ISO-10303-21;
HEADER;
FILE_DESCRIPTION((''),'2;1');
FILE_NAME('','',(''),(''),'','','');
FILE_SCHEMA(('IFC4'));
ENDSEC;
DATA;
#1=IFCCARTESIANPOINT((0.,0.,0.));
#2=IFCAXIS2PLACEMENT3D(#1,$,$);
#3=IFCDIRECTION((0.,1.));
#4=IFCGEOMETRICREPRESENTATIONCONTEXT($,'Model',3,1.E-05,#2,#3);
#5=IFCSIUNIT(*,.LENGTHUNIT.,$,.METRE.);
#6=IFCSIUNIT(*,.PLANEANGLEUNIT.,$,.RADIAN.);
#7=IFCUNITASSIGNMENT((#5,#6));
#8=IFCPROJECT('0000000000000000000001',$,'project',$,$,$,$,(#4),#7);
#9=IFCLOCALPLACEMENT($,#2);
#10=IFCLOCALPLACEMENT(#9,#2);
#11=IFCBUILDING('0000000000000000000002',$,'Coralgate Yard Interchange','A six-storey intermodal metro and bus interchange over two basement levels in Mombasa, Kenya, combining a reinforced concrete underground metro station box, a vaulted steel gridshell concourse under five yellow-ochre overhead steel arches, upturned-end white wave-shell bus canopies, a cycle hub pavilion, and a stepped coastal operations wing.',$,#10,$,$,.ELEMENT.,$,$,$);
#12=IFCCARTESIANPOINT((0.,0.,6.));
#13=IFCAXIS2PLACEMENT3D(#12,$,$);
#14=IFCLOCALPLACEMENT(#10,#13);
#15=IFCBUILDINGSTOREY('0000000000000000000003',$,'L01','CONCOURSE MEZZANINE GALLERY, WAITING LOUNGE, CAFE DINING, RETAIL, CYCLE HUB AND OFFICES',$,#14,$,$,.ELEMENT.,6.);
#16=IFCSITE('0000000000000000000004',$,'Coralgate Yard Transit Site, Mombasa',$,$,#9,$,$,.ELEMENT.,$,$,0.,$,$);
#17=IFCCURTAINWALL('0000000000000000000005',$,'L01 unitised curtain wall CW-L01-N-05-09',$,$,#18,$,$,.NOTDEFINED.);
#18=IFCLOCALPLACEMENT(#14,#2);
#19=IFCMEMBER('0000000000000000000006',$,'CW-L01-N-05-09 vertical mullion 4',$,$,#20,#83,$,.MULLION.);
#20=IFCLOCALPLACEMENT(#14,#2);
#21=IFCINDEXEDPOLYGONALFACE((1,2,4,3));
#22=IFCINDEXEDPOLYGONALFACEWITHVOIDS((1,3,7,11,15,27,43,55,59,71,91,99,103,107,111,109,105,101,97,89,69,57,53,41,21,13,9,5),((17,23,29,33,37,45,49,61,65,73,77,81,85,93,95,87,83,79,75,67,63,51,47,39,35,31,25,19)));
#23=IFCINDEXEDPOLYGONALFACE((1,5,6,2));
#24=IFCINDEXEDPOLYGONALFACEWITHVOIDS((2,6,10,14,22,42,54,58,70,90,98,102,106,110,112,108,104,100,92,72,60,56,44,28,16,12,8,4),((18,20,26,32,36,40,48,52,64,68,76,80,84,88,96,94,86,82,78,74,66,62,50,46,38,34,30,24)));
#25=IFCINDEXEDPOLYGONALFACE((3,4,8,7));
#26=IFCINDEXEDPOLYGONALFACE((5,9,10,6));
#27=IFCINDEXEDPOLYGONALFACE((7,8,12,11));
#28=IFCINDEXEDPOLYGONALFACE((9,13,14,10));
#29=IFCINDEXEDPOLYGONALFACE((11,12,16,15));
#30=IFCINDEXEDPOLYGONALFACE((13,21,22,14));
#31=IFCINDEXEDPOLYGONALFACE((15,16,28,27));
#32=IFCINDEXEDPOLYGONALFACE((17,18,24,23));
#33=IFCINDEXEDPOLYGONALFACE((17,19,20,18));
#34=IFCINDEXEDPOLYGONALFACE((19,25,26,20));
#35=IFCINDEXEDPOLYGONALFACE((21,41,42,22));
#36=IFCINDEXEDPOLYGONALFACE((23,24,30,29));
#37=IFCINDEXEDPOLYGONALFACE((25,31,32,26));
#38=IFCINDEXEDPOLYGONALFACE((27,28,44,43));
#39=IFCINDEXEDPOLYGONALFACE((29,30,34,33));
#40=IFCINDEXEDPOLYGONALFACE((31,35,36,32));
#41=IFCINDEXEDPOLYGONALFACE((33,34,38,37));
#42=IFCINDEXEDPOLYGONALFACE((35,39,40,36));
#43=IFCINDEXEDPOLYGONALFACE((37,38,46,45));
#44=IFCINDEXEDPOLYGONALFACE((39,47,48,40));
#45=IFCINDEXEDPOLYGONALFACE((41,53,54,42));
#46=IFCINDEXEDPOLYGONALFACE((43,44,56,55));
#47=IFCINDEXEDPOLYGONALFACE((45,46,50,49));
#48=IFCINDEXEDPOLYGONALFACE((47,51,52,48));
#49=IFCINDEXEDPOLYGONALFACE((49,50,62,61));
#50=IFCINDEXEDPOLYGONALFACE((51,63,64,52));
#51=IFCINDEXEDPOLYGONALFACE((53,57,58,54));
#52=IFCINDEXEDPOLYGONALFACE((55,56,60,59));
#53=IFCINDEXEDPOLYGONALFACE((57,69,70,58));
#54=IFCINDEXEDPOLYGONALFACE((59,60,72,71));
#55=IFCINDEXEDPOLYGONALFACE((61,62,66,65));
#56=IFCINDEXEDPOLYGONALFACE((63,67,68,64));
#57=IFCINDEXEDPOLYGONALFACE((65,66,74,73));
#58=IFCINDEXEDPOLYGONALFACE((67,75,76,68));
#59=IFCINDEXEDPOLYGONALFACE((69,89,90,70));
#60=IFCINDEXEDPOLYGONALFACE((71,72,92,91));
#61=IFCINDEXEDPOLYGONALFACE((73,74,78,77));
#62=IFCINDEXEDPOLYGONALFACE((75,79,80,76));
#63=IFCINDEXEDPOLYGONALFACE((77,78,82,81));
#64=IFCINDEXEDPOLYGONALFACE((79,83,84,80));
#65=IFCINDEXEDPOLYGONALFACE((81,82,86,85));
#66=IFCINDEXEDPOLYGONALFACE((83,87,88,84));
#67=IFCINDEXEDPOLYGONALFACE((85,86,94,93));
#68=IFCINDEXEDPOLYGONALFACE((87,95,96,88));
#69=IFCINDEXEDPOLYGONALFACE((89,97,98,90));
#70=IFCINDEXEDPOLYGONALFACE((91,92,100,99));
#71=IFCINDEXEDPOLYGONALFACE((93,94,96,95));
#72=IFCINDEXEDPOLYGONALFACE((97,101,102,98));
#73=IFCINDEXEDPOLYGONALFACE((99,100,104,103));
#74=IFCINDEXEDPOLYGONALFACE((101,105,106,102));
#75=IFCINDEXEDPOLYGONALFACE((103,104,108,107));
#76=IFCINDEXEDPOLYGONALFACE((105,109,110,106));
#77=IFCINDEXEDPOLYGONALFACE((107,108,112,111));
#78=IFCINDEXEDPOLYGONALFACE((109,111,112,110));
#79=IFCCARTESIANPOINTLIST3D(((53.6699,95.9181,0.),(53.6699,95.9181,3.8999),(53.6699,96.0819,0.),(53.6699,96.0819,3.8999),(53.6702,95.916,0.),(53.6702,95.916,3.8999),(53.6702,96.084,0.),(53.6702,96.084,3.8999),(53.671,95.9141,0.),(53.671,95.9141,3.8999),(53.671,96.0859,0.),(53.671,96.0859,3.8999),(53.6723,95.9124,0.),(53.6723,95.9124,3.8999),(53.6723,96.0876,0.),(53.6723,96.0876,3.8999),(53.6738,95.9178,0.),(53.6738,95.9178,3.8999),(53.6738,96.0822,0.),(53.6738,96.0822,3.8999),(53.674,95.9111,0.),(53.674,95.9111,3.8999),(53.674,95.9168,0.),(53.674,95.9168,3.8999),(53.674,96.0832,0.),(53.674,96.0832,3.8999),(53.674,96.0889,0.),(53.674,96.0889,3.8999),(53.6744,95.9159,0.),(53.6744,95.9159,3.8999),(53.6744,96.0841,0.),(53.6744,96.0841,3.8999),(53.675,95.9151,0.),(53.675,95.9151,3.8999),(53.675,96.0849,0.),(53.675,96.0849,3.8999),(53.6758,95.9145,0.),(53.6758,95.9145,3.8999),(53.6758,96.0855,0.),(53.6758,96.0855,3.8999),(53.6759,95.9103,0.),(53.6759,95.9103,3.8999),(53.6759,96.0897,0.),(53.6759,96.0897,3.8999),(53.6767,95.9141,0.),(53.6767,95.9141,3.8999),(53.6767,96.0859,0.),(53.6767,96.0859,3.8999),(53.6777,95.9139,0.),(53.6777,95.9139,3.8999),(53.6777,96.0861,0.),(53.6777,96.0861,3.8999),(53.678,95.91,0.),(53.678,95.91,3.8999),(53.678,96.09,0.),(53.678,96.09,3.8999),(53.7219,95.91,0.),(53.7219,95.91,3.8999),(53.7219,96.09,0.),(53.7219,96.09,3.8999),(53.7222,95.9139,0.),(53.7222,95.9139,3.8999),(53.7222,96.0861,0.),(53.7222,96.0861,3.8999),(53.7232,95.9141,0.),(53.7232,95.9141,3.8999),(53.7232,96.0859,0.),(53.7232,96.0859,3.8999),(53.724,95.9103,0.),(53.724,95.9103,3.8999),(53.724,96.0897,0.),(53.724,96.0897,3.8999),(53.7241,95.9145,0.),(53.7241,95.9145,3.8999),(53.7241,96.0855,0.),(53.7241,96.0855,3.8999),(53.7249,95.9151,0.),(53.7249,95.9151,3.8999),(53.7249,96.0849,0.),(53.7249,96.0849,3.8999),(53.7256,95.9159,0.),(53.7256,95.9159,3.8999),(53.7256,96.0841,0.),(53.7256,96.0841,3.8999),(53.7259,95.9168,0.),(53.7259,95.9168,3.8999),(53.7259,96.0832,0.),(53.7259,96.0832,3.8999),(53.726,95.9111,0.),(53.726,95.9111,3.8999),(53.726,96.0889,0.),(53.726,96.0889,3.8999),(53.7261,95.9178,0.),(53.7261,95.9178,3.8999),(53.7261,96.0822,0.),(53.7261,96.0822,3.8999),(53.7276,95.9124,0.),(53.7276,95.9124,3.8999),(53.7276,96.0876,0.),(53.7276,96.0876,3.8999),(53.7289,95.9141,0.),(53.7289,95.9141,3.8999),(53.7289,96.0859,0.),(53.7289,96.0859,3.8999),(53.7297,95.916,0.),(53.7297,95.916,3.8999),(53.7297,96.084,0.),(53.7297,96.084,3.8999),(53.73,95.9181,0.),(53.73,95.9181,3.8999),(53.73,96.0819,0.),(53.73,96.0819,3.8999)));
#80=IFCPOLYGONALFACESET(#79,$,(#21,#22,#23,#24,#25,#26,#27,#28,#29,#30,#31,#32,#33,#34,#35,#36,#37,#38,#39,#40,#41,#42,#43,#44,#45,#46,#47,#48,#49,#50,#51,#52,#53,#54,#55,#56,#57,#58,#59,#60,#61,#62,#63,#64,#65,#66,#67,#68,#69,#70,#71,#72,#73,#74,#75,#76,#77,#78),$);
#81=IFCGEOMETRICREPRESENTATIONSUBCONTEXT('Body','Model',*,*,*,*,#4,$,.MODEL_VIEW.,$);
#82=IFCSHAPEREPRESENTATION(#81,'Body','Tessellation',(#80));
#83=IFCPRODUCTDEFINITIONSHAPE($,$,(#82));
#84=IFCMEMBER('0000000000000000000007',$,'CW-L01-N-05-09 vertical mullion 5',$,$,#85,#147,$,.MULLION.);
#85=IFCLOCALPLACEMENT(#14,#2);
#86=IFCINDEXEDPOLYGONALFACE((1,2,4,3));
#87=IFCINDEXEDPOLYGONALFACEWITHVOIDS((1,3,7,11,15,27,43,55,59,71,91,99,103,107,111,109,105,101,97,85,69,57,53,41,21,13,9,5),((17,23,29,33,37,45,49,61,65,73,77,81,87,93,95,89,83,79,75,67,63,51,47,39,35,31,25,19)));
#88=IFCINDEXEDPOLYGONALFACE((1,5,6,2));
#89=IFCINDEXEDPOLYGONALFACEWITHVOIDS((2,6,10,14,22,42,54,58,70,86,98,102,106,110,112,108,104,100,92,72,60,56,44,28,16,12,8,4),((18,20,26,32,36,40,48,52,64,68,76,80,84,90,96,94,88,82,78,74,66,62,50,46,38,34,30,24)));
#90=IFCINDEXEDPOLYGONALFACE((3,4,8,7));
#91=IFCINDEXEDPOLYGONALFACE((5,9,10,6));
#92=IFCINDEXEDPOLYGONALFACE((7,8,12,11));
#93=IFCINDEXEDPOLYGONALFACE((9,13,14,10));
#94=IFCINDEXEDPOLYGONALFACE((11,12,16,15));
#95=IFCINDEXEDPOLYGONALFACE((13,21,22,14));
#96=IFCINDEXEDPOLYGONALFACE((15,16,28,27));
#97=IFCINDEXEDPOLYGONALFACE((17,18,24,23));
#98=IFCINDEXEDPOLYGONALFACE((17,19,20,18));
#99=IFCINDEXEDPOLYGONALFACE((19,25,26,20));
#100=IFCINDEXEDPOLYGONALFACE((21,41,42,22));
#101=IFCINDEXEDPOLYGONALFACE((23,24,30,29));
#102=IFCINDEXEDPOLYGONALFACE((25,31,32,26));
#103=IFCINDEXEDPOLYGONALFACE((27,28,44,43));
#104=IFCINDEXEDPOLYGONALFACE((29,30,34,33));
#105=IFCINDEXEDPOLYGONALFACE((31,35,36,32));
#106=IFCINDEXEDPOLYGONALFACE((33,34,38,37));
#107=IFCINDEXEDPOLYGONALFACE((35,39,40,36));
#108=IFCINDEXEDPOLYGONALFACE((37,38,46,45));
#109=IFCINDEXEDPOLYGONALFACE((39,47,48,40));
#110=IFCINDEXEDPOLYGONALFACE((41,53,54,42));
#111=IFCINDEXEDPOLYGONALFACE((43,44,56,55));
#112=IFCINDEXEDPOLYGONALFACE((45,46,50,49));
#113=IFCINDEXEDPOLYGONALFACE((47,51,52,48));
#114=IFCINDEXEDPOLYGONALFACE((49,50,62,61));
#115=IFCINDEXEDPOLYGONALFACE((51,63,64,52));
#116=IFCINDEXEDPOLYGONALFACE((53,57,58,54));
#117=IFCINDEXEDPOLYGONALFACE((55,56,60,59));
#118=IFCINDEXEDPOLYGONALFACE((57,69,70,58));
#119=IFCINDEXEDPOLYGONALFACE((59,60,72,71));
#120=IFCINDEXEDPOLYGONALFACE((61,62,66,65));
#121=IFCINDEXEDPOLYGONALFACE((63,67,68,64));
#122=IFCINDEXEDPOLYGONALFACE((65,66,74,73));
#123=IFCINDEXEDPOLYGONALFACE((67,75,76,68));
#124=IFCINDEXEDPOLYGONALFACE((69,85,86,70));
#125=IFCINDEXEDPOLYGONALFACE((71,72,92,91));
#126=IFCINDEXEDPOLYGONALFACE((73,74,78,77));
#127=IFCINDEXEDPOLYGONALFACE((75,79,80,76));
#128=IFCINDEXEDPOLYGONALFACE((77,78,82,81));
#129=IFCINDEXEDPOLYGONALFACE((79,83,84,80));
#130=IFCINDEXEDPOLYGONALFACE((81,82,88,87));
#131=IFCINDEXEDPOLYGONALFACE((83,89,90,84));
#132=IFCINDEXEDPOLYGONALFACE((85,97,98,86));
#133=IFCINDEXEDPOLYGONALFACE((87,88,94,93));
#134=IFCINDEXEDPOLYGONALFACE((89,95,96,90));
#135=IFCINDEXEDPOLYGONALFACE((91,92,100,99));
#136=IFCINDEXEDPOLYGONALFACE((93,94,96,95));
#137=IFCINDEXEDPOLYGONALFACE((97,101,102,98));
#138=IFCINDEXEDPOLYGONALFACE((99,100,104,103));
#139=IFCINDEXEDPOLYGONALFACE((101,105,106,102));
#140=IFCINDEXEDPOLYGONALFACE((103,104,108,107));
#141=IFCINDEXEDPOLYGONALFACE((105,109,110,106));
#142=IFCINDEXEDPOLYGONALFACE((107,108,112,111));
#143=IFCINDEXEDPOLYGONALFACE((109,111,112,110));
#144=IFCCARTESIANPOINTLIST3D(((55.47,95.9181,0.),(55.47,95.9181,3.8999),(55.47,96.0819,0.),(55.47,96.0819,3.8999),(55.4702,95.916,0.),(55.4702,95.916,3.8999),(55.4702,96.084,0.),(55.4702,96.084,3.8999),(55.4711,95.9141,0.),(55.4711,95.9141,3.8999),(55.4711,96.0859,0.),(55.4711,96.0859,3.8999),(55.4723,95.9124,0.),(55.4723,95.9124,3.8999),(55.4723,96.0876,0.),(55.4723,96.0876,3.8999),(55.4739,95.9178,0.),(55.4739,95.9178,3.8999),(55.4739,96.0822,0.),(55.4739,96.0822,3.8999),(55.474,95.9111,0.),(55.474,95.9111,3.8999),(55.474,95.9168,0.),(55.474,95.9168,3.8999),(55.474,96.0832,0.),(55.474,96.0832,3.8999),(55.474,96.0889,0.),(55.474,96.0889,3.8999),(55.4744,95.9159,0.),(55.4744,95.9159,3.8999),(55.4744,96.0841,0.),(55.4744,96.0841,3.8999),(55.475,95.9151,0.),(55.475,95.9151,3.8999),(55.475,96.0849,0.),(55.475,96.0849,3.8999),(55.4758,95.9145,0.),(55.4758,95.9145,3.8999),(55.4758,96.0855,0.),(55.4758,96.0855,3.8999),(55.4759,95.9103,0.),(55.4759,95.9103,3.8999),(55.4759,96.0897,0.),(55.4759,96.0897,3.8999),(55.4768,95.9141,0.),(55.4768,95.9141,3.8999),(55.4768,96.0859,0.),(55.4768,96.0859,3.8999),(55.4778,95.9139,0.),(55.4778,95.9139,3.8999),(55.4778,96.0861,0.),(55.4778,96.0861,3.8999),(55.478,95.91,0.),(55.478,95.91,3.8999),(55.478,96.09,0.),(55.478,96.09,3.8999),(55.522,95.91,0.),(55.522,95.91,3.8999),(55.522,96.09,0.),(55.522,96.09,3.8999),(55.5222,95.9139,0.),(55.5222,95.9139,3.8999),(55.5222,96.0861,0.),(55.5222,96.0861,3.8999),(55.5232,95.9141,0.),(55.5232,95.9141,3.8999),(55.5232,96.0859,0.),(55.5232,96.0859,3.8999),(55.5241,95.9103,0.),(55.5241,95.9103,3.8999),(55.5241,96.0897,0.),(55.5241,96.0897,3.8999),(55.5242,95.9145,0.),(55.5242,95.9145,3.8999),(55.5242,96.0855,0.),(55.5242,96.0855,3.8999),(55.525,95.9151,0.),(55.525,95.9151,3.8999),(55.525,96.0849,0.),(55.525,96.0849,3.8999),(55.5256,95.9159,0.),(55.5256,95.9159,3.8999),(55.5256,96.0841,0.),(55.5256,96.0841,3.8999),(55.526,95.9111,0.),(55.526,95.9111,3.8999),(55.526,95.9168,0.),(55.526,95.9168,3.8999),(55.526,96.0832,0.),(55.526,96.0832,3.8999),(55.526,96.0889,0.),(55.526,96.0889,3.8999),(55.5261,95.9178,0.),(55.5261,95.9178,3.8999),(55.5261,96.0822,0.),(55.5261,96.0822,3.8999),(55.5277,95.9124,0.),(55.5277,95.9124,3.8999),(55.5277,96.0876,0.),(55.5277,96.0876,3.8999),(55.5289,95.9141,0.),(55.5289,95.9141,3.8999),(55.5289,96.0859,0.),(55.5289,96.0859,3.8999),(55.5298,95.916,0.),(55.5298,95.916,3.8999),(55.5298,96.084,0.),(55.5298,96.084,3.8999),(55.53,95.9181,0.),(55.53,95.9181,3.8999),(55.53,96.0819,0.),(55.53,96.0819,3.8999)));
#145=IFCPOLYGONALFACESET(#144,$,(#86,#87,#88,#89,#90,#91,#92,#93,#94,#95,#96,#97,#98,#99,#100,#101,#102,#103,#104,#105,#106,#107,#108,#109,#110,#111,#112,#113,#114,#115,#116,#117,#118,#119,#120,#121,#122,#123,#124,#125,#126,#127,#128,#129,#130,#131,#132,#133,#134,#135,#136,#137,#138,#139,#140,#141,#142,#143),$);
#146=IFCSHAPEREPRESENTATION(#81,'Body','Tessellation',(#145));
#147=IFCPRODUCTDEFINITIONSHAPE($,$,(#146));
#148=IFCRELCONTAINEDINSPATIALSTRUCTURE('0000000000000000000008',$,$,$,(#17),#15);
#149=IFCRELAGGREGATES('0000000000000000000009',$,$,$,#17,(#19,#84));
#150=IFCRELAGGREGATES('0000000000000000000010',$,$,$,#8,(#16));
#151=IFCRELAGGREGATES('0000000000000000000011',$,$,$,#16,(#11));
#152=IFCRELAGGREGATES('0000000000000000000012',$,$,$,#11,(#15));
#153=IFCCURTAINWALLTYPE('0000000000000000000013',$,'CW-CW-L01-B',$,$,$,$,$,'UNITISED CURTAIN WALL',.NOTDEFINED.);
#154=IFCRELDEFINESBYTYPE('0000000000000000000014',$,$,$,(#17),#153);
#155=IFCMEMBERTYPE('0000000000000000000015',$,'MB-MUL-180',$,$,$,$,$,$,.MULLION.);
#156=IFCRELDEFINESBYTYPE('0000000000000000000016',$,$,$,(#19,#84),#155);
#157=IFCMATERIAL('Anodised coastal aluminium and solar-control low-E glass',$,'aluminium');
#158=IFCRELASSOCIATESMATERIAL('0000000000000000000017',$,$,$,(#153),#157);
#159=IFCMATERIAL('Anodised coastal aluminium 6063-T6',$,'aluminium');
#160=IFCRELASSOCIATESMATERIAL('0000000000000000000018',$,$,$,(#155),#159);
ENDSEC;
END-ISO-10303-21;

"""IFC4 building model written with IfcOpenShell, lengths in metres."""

from ifc_helpers import new_model, si_unit, direction, frame, origin, origin_2d, place, context, subcontext, project, spatial, hollow_rectangle, extrude, material, material_profile, profile_set, type_object, element, aggregate, save


model = new_model("IFC4")

# Units and contexts
model_context = context("Model", 3, precision=1e-05, world=origin(), true_north=direction((0.0, 1.0)))
body_context = subcontext(model_context, "Body", "Model", "MODEL_VIEW")
ifc_project = project(units=[si_unit("LENGTHUNIT", "METRE"), si_unit("PLANEANGLEUNIT", "RADIAN")], contexts=[model_context])

# Site, building, storey
site_placement = place(None, origin())
site = spatial("IfcSite", under=ifc_project, at=site_placement, Name="Coralgate Yard Transit Site, Mombasa", CompositionType="ELEMENT", RefElevation=0.0)
building_placement = place(site_placement, origin())
building = spatial("IfcBuilding", under=site, at=building_placement, Name="Coralgate Yard Interchange", Description="A six-storey intermodal metro and bus interchange over two basement levels in Mombasa, Kenya, combining a reinforced concrete underground metro station box, a vaulted steel gridshell concourse under five yellow-ochre overhead steel arches, upturned-end white wave-shell bus canopies, a cycle hub pavilion, and a stepped coastal operations wing.", CompositionType="ELEMENT")
storey_placement = place(building_placement, frame((0.0, 0.0, 6.0)))
storey = spatial("IfcBuildingStorey", under=building, at=storey_placement, Name="L01", Description="CONCOURSE MEZZANINE GALLERY, WAITING LOUNGE, CAFE DINING, RETAIL, CYCLE HUB AND OFFICES", CompositionType="ELEMENT", Elevation=6.0)

# Curtain wall, members
ifc_material_1 = material(Name="Anodised coastal aluminium and solar-control low-E glass", Category="aluminium")
curtain_wall_type = type_object("IfcCurtainWallType", Name="CW-CW-L01-B", ElementType="UNITISED CURTAIN WALL", PredefinedType="NOTDEFINED", material=ifc_material_1)
curtain_wall_placement = place(storey_placement, origin())
curtain_wall = element("IfcCurtainWall", 1, at=curtain_wall_placement, inside=storey, type_object=curtain_wall_type, Name="L01 unitised curtain wall CW-L01-N-05-09", PredefinedType="NOTDEFINED")
ifc_material_2 = material(Name="Anodised coastal aluminium 6063-T6", Category="aluminium")
ifc_material_profile_1 = material_profile(ifc_material_2, hollow_rectangle(XDim=0.0601, YDim=0.1799, WallThickness=0.0039, InnerFilletRadius=0.0039, OuterFilletRadius=0.0081, at=origin_2d()), Name="ALU 60x180x4")
ifc_profile_set_1 = profile_set([ifc_material_profile_1], Name="Anodised coastal aluminium 6063-T6")
member_type_1 = type_object("IfcMemberType", Name="MB-MUL-180", PredefinedType="MULLION", material=ifc_profile_set_1)
member_1_placement = place(storey_placement, frame((53.7, 96.0, 0.0), z_axis=(0.0, 0.0, 1.0), x_axis=(1.0, 0.0, 0.0)))
member_1 = element("IfcMember", 2, at=member_1_placement, type_object=member_type_1, Name="CW-L01-N-05-09 vertical mullion 4", PredefinedType="MULLION", context=body_context, shape_type="SweptSolid", body=[
    extrude(hollow_rectangle(XDim=0.0601, YDim=0.1799, WallThickness=0.0039, InnerFilletRadius=0.0039, OuterFilletRadius=0.0081, at=origin_2d()), origin(), (0.0, 0.0, 1.0), 3.8999),
])
member_2_placement = place(storey_placement, frame((55.5, 96.0, 0.0), z_axis=(0.0, 0.0, 1.0), x_axis=(1.0, 0.0, 0.0)))
member_2 = element("IfcMember", 3, at=member_2_placement, type_object=member_type_1, Name="CW-L01-N-05-09 vertical mullion 5", PredefinedType="MULLION", context=body_context, shape_type="SweptSolid", body=[
    extrude(hollow_rectangle(XDim=0.0601, YDim=0.1799, WallThickness=0.0039, InnerFilletRadius=0.0039, OuterFilletRadius=0.0081, at=origin_2d()), origin(), (0.0, 0.0, 1.0), 3.8999),
])
aggregate(curtain_wall, [member_1, member_2])

save(model, "model.ifc")
